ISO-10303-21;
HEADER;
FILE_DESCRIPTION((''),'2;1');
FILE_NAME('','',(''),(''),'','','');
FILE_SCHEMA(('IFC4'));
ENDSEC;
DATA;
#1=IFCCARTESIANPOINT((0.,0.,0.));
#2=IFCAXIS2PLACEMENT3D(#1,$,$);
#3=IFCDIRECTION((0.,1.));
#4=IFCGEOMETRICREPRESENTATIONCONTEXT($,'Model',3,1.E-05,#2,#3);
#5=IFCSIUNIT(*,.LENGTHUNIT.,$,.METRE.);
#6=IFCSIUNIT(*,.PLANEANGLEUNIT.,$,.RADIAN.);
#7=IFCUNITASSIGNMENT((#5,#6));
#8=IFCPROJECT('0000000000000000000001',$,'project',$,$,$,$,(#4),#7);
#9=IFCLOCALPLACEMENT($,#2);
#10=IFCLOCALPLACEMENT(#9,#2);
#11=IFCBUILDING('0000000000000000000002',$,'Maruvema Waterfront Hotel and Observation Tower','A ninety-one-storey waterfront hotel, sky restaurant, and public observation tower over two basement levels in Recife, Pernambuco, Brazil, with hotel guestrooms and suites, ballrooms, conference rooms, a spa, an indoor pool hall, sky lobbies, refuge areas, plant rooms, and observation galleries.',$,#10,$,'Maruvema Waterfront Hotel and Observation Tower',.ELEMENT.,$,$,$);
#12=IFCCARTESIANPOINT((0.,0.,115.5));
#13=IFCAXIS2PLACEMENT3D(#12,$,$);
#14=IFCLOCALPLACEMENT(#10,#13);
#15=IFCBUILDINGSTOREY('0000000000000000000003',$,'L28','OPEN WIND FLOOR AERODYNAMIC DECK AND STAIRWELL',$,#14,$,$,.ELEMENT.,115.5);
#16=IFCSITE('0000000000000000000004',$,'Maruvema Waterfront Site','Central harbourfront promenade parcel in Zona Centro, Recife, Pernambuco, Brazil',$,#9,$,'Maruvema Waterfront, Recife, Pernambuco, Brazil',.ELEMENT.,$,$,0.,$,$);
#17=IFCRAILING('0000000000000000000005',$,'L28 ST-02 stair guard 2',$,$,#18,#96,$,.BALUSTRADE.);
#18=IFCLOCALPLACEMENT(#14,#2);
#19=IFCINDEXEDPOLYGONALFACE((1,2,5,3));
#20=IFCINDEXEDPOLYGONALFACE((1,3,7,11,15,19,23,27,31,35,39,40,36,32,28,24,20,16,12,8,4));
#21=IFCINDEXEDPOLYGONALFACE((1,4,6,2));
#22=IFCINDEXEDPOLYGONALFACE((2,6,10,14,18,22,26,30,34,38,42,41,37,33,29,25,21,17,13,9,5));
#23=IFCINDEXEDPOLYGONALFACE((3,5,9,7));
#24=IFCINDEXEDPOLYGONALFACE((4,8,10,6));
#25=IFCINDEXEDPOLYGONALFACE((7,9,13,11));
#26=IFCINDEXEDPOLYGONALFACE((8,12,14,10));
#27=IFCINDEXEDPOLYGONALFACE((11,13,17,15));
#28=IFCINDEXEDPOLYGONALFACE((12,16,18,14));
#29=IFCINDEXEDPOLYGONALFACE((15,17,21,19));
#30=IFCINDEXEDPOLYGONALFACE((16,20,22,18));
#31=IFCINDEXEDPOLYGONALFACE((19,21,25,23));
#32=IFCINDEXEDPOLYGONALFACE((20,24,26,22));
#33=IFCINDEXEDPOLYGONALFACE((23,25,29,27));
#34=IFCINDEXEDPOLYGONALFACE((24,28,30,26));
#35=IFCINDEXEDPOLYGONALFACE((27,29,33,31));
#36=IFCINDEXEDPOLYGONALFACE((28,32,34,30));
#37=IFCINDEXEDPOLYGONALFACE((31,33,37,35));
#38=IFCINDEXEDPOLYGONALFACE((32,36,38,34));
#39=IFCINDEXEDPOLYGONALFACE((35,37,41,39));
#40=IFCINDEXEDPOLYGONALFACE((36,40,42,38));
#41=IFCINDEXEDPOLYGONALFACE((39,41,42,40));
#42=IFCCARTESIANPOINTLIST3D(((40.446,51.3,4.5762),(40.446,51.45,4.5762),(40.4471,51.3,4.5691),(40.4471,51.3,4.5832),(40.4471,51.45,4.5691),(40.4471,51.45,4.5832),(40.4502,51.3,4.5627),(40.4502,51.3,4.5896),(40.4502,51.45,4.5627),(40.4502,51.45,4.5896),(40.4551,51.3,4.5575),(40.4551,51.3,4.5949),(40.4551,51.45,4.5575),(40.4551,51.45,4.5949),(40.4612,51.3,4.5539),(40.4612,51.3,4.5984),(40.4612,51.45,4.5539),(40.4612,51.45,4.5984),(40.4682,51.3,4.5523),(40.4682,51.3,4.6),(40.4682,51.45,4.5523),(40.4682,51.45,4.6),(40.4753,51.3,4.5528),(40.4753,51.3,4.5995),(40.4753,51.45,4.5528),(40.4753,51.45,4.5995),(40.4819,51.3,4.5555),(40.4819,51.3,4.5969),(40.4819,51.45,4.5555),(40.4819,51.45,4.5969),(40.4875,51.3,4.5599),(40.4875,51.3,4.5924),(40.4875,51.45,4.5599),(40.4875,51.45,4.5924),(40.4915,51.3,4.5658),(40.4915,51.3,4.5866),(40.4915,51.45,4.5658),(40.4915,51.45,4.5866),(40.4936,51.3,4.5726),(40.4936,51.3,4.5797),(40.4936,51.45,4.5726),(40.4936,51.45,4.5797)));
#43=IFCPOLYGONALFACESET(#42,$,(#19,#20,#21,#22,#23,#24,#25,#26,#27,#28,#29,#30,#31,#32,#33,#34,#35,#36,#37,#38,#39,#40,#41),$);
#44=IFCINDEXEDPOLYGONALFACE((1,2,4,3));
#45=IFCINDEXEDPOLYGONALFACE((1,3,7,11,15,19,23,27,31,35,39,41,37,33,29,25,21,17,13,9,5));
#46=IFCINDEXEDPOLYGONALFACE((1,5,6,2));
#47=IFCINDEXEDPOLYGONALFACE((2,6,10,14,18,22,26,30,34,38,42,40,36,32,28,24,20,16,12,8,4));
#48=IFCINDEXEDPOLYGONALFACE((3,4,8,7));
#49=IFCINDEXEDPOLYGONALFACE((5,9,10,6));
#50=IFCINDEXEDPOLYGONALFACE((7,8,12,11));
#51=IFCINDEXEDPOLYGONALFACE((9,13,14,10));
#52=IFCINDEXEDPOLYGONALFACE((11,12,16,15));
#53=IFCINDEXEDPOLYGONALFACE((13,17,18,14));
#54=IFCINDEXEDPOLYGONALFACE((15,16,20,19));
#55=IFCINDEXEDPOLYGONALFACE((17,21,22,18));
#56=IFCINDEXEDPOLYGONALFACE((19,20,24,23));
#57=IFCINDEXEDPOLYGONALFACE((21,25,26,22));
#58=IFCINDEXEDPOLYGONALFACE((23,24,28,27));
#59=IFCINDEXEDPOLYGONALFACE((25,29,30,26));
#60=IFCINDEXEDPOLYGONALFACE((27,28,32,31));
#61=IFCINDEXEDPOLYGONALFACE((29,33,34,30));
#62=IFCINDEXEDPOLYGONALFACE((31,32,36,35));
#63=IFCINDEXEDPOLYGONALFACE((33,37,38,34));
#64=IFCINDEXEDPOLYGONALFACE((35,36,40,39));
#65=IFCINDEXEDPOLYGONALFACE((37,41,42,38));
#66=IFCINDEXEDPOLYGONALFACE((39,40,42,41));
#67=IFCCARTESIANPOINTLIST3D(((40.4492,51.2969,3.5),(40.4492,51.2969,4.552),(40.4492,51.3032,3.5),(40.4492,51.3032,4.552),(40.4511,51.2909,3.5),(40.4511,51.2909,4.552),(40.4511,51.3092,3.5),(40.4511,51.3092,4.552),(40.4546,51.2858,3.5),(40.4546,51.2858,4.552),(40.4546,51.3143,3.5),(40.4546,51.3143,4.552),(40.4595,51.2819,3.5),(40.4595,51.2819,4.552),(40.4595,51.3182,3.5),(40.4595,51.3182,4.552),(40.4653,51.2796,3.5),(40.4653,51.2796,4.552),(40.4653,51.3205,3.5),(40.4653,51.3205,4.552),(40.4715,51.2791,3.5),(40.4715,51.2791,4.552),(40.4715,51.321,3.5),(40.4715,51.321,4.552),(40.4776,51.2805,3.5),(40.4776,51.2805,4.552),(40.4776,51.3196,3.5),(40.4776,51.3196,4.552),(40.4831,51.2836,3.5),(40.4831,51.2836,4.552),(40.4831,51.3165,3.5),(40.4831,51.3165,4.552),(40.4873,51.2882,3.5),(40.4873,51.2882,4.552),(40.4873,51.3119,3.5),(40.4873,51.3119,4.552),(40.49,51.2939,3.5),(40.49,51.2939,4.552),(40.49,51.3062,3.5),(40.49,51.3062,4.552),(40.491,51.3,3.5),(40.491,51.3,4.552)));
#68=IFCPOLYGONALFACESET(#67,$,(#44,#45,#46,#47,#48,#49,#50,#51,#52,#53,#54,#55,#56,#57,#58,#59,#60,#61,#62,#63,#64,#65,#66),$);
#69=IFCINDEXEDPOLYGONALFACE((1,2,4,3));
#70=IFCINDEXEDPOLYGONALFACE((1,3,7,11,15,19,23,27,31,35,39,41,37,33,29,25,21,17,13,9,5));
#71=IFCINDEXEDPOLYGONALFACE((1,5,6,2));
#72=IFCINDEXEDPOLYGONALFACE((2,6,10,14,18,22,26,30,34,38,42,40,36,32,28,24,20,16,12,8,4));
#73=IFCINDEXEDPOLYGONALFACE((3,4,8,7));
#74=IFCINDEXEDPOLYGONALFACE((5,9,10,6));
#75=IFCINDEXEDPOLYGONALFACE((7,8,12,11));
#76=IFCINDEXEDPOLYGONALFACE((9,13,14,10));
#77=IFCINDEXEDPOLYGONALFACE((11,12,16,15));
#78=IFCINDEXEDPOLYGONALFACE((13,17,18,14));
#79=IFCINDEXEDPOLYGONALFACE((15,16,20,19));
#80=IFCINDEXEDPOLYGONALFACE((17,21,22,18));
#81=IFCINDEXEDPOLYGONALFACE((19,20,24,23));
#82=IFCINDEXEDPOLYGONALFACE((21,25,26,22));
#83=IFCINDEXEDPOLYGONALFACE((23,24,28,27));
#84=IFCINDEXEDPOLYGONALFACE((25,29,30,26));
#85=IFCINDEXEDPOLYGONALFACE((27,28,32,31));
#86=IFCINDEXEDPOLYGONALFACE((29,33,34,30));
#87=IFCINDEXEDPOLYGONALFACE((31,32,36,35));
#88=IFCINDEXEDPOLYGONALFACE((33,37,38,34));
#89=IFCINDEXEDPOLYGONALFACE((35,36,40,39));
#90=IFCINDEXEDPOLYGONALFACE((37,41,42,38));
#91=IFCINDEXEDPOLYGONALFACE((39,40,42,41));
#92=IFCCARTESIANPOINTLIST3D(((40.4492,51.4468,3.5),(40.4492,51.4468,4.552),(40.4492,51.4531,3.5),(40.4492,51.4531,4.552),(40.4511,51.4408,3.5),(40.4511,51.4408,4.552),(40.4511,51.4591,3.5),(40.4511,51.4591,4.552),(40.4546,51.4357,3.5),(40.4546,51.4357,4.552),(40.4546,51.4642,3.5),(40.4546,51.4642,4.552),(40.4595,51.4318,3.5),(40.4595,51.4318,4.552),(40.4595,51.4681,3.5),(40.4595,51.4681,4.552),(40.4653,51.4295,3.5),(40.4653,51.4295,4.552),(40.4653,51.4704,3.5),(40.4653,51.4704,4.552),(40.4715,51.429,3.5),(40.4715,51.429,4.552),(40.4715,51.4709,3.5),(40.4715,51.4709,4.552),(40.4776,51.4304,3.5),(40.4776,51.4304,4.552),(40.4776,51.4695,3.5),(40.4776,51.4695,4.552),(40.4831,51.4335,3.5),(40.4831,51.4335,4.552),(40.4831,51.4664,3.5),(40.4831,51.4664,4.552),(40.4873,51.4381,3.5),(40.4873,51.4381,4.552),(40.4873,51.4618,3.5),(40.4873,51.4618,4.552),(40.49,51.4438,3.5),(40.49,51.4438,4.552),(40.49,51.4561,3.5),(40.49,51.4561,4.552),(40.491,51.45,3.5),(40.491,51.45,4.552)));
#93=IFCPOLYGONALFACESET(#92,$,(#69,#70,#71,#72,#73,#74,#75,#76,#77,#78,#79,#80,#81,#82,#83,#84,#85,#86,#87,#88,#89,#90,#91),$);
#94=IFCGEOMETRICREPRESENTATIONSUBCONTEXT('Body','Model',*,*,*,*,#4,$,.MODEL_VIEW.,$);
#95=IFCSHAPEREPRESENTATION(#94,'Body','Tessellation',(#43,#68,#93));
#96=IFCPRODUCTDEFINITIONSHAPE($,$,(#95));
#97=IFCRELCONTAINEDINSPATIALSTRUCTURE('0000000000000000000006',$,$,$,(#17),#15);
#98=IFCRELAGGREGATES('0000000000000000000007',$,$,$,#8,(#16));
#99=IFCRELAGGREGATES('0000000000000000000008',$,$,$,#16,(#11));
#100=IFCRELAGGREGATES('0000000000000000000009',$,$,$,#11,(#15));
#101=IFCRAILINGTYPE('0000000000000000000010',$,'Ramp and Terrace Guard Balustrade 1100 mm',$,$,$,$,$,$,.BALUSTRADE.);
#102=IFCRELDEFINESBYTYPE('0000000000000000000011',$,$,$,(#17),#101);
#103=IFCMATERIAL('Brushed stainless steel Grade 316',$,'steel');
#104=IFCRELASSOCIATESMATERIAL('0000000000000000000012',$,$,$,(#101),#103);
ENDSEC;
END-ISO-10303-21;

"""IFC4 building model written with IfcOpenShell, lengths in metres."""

from ifc_helpers import new_model, si_unit, direction, frame, origin, origin_2d, place, context, subcontext, project, spatial, circle, extrude, material, type_object, element, save


model = new_model("IFC4")

# Units and contexts
model_context = context("Model", 3, precision=1e-05, world=origin(), true_north=direction((0.0, 1.0)))
body_context = subcontext(model_context, "Body", "Model", "MODEL_VIEW")
ifc_project = project(units=[si_unit("LENGTHUNIT", "METRE"), si_unit("PLANEANGLEUNIT", "RADIAN")], contexts=[model_context])

# Site, building, storey
site_placement = place(None, origin())
site = spatial("IfcSite", under=ifc_project, at=site_placement, Name="Maruvema Waterfront Site", Description="Central harbourfront promenade parcel in Zona Centro, Recife, Pernambuco, Brazil", LongName="Maruvema Waterfront, Recife, Pernambuco, Brazil", CompositionType="ELEMENT", RefElevation=0.0)
building_placement = place(site_placement, origin())
building = spatial("IfcBuilding", under=site, at=building_placement, Name="Maruvema Waterfront Hotel and Observation Tower", Description="A ninety-one-storey waterfront hotel, sky restaurant, and public observation tower over two basement levels in Recife, Pernambuco, Brazil, with hotel guestrooms and suites, ballrooms, conference rooms, a spa, an indoor pool hall, sky lobbies, refuge areas, plant rooms, and observation galleries.", LongName="Maruvema Waterfront Hotel and Observation Tower", CompositionType="ELEMENT")
storey_placement = place(building_placement, frame((0.0, 0.0, 115.5)))
storey = spatial("IfcBuildingStorey", under=building, at=storey_placement, Name="L28", Description="OPEN WIND FLOOR AERODYNAMIC DECK AND STAIRWELL", CompositionType="ELEMENT", Elevation=115.5)

# Railing
ifc_material_1 = material(Name="Brushed stainless steel Grade 316", Category="steel")
railing_type_1 = type_object("IfcRailingType", Name="Ramp and Terrace Guard Balustrade 1100 mm", PredefinedType="BALUSTRADE", material=ifc_material_1)
railing_1_placement = place(storey_placement, frame((40.47, 51.3, 3.5)))
element("IfcRailing", 1, at=railing_1_placement, inside=storey, type_object=railing_type_1, Name="L28 ST-02 stair guard 2", PredefinedType="BALUSTRADE", context=body_context, shape_type="SweptSolid", body=[
    extrude(circle(Radius=0.0239, at=origin_2d()), frame((0.0, 0.0, 1.0762), z_axis=(0.0, 1.0, 0.0), x_axis=(-1.0, 0.0, 0.0)), (0.0, 0.0, 1.0), 0.1499),
    extrude(circle(Radius=0.021, at=origin_2d()), origin(), (0.0, 0.0, 1.0), 1.052),
    extrude(circle(Radius=0.021, at=origin_2d()), frame((0.0, 0.1499, 0.0)), (0.0, 0.0, 1.0), 1.052),
])

save(model, "model.ifc")
